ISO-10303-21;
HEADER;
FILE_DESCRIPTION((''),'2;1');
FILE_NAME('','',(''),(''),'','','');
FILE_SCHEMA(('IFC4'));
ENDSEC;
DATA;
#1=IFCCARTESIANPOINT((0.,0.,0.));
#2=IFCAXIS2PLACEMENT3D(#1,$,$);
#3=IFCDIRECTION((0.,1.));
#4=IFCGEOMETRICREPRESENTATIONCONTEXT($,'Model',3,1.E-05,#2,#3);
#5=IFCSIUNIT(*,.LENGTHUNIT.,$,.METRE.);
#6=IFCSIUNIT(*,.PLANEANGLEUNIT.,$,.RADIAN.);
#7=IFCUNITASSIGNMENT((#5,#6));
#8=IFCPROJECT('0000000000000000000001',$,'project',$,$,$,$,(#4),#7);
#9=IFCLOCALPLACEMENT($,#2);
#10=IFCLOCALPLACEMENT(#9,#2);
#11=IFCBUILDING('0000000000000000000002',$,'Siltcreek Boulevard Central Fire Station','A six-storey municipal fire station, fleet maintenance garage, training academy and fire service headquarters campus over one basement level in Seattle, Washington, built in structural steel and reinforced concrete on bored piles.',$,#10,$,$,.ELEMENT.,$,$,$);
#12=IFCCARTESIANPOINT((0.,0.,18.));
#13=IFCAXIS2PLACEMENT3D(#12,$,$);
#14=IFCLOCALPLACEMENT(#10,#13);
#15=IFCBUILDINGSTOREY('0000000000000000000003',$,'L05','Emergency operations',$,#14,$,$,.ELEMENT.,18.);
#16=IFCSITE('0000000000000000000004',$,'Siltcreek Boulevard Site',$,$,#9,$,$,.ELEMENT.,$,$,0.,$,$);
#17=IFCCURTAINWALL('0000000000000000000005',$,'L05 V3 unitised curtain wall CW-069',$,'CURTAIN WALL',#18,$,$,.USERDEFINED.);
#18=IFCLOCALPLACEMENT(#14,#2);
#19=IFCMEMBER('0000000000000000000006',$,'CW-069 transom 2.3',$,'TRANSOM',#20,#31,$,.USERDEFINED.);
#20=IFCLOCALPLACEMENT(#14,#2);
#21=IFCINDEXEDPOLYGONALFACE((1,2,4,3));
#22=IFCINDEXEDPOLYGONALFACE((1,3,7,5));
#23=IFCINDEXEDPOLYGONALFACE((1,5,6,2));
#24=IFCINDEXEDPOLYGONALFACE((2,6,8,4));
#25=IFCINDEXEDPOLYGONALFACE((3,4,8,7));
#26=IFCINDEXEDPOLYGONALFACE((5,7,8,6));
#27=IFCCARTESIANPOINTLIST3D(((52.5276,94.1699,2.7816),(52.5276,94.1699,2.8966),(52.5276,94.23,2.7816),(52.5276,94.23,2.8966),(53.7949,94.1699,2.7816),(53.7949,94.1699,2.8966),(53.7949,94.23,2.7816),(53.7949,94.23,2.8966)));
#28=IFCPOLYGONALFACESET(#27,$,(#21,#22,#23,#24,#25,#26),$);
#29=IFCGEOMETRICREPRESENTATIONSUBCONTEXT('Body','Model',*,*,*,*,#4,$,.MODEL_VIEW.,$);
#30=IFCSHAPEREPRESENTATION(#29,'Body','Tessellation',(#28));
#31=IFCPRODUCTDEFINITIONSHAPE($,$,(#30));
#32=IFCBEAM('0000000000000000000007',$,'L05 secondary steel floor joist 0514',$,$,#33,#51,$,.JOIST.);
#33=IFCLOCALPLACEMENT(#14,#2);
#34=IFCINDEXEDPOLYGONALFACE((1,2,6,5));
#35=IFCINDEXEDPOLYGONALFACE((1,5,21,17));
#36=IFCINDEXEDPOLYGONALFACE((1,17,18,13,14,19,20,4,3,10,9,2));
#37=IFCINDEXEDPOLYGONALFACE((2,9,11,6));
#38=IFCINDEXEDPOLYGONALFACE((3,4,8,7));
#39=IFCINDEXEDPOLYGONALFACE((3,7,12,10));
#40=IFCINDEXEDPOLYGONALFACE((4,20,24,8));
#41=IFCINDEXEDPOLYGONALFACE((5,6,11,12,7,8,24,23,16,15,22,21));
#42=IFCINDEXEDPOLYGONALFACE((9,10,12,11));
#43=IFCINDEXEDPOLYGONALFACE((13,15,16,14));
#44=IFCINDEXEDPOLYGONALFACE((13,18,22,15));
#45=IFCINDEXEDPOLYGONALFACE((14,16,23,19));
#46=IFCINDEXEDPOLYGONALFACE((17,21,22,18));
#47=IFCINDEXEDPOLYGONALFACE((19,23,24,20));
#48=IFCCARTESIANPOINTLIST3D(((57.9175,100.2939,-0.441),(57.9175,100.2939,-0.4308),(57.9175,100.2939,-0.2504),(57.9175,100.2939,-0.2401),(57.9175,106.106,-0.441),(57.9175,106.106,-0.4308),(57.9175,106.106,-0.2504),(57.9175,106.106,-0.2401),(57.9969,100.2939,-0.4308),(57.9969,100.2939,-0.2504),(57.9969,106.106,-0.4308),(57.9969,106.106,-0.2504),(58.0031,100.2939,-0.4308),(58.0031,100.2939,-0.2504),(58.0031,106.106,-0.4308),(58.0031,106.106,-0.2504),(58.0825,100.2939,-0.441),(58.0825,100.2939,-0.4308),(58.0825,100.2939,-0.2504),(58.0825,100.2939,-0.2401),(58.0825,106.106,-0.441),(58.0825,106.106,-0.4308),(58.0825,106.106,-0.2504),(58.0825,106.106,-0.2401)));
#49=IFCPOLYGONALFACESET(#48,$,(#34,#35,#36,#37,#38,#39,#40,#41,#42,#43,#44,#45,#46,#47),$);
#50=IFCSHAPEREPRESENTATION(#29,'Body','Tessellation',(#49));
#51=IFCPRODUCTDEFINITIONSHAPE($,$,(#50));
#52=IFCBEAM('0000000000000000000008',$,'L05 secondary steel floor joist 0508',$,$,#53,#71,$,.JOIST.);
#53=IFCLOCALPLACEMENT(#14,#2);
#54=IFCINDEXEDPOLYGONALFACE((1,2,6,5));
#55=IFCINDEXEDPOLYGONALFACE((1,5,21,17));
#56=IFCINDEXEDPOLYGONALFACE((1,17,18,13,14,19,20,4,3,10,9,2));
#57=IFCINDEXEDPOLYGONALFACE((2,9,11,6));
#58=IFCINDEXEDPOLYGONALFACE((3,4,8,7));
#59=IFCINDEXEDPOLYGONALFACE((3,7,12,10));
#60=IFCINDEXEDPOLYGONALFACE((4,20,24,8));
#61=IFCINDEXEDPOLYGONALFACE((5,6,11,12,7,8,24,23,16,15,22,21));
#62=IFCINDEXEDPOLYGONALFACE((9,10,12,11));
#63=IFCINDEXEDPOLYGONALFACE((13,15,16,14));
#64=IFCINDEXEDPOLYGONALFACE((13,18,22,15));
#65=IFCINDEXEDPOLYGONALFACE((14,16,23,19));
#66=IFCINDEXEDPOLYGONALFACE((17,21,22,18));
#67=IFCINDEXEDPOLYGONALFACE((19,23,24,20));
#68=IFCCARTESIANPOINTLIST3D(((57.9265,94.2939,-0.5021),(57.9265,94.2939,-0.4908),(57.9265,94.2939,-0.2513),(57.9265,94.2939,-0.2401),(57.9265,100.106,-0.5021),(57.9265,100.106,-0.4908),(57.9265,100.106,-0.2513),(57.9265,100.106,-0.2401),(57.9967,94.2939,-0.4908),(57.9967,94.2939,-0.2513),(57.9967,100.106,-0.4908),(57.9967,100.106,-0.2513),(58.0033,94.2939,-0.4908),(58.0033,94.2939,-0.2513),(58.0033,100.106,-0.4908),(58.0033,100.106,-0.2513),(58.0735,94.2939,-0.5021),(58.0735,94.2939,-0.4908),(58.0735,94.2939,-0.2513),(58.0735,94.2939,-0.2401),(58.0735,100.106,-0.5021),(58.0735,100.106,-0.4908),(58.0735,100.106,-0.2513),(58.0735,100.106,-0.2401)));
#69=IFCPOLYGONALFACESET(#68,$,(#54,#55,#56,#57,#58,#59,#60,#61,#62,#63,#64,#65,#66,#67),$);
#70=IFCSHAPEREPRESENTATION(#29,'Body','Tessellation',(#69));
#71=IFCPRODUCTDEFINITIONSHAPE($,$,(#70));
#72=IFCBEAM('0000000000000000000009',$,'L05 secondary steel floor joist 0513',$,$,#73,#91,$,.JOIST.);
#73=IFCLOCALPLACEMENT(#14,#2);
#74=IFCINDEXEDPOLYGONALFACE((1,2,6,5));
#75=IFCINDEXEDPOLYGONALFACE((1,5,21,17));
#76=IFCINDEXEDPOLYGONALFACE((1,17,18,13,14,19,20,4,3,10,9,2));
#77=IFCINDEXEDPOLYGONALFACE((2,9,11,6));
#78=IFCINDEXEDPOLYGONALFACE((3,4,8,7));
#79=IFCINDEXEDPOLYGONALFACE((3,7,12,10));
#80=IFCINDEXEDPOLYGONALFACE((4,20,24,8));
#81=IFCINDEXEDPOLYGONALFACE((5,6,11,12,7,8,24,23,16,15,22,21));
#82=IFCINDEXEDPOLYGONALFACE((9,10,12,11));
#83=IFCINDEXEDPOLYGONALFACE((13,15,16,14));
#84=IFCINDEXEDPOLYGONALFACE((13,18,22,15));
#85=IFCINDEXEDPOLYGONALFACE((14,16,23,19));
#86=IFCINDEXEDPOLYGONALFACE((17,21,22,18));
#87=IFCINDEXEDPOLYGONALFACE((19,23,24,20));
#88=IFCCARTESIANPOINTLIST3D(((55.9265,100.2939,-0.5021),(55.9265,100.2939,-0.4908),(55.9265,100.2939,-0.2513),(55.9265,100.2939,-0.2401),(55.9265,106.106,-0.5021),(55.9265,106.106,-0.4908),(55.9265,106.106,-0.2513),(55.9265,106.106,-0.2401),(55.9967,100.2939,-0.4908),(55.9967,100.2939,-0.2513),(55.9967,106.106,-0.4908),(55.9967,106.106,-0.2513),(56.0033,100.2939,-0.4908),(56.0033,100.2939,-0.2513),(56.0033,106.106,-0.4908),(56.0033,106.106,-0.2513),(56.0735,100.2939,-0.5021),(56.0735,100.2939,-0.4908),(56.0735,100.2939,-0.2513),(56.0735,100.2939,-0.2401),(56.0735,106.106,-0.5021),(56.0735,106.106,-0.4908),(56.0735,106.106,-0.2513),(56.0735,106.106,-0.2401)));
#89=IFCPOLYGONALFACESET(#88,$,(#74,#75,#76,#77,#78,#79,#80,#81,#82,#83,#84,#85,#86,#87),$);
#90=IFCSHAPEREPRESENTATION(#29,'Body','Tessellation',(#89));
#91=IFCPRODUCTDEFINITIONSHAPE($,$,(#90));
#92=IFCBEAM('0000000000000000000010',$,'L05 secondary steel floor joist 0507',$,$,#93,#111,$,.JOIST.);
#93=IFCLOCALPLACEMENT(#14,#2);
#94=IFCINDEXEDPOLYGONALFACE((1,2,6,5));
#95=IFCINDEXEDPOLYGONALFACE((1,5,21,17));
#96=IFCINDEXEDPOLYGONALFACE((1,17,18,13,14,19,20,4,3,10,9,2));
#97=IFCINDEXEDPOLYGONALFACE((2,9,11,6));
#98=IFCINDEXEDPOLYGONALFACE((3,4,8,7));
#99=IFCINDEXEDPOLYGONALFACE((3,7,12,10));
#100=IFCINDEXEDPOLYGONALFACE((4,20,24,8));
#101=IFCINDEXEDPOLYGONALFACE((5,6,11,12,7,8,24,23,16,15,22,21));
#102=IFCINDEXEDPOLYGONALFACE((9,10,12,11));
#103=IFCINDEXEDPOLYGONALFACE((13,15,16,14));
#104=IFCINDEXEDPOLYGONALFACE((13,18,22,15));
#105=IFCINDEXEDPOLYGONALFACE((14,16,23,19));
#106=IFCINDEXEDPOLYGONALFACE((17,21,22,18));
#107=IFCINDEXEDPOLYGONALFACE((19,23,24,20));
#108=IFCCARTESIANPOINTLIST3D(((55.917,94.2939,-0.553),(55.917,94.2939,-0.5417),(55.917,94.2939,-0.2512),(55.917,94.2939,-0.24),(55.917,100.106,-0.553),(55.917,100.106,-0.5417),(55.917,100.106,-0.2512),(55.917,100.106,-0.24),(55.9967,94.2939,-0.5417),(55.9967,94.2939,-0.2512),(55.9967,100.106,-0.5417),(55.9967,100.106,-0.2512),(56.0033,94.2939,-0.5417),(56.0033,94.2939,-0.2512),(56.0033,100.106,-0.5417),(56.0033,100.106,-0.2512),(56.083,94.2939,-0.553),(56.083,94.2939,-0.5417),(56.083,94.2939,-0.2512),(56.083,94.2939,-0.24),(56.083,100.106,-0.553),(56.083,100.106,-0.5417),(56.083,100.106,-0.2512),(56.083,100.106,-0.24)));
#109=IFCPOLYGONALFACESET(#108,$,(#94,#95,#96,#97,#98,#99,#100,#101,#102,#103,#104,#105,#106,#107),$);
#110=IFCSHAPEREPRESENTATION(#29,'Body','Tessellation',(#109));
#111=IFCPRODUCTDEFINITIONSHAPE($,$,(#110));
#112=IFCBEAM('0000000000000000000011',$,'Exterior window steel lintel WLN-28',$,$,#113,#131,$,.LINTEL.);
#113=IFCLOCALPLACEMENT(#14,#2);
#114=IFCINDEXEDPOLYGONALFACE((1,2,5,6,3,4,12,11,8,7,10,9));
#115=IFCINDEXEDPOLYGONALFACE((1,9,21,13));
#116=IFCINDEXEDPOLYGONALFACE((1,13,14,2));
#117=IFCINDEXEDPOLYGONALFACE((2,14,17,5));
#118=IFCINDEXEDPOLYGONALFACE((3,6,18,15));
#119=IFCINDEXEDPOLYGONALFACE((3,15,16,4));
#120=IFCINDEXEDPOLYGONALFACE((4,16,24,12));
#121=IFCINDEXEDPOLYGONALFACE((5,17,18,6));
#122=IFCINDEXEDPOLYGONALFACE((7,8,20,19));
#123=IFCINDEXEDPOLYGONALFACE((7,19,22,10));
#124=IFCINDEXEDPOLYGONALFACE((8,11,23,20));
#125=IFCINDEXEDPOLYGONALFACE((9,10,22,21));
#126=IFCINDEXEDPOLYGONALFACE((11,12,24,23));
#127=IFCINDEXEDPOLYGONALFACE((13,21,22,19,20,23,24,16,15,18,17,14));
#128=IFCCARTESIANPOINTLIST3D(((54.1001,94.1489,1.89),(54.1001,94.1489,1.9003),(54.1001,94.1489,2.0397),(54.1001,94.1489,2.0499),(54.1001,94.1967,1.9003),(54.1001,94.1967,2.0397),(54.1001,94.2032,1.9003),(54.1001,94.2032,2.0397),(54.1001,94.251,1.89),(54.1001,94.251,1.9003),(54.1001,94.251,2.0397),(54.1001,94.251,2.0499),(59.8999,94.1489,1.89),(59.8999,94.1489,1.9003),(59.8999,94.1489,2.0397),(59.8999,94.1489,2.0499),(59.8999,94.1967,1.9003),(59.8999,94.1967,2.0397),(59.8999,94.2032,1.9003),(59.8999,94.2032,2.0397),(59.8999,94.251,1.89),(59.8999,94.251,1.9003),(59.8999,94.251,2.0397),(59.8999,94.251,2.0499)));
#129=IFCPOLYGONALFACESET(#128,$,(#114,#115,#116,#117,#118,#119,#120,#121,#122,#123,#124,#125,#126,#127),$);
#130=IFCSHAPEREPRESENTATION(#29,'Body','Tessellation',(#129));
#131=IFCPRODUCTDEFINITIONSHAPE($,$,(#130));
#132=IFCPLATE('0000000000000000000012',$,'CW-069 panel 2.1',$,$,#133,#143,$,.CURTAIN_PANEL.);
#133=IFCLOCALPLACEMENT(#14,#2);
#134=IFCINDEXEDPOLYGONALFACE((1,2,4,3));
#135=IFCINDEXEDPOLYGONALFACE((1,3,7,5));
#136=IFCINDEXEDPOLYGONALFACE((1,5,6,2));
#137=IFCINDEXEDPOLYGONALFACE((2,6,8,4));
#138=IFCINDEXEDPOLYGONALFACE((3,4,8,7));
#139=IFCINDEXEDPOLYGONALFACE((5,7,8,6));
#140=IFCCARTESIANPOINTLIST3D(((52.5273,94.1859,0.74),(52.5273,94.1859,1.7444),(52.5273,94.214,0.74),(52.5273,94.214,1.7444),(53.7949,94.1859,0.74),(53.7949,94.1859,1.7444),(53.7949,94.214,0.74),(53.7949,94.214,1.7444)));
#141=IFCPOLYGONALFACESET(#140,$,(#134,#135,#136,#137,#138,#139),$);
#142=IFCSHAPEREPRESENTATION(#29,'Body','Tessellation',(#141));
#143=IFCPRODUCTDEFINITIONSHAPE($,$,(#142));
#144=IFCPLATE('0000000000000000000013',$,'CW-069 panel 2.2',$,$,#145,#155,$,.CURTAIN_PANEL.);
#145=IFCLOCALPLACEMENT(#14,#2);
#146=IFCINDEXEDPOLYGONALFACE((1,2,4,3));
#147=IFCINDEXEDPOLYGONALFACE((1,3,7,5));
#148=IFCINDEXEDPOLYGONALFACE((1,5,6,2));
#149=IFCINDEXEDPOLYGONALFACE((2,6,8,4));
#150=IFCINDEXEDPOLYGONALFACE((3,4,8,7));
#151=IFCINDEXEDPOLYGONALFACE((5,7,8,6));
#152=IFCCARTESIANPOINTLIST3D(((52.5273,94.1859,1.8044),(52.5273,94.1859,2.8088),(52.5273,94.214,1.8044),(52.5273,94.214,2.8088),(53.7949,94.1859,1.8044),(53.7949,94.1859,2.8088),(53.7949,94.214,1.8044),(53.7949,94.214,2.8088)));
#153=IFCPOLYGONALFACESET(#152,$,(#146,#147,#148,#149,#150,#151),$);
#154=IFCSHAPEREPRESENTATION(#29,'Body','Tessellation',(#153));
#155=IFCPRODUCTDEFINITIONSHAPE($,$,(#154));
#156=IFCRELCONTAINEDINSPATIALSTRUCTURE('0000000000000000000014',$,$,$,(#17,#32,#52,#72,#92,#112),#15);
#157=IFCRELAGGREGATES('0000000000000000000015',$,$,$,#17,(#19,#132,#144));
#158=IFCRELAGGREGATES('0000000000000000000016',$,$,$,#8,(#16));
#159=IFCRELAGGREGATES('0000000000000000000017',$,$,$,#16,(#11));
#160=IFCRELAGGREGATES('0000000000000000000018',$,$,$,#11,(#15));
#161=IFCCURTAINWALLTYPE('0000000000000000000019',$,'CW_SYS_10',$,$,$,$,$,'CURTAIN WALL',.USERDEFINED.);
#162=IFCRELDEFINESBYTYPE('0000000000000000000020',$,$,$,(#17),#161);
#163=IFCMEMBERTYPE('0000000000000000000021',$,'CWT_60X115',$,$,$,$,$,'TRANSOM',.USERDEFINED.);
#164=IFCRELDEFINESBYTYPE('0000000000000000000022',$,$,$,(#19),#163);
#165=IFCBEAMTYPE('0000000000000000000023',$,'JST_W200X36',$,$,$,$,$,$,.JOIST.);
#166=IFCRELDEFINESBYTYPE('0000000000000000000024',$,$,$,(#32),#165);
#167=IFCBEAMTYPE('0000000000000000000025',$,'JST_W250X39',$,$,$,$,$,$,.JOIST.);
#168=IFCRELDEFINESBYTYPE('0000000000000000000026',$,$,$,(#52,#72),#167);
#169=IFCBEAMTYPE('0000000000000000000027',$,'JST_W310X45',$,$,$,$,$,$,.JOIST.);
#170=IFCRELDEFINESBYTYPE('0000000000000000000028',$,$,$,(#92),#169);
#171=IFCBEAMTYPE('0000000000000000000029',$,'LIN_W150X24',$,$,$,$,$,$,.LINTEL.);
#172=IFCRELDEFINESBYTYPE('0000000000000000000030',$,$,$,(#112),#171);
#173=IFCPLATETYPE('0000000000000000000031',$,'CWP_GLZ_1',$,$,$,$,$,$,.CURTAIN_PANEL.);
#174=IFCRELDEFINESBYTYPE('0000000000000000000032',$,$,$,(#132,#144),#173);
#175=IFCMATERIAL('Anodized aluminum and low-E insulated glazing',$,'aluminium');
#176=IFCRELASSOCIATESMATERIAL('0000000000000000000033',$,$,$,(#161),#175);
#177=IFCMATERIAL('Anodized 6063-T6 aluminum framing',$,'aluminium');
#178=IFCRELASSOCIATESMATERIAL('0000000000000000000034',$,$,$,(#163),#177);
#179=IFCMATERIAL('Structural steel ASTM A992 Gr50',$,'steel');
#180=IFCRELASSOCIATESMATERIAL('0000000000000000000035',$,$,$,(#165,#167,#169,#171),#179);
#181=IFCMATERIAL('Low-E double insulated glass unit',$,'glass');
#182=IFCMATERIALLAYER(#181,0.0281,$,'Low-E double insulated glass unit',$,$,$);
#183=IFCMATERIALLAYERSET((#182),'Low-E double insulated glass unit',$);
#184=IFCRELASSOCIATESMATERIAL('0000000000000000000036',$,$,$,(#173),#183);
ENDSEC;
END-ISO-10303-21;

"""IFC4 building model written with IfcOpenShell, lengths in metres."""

from ifc_helpers import new_model, si_unit, direction, frame, origin, origin_2d, place, context, subcontext, project, spatial, rectangle, i_section, extrude, material, layer, layer_set, material_profile, profile_set, type_object, element, aggregate, save


model = new_model("IFC4")

# Units and contexts
model_context = context("Model", 3, precision=1e-05, world=origin(), true_north=direction((0.0, 1.0)))
body_context = subcontext(model_context, "Body", "Model", "MODEL_VIEW")
ifc_project = project(units=[si_unit("LENGTHUNIT", "METRE"), si_unit("PLANEANGLEUNIT", "RADIAN")], contexts=[model_context])

# Site, building, storey
site_placement = place(None, origin())
site = spatial("IfcSite", under=ifc_project, at=site_placement, Name="Siltcreek Boulevard Site", CompositionType="ELEMENT", RefElevation=0.0)
building_placement = place(site_placement, origin())
building = spatial("IfcBuilding", under=site, at=building_placement, Name="Siltcreek Boulevard Central Fire Station", Description="A six-storey municipal fire station, fleet maintenance garage, training academy and fire service headquarters campus over one basement level in Seattle, Washington, built in structural steel and reinforced concrete on bored piles.", CompositionType="ELEMENT")
storey_placement = place(building_placement, frame((0.0, 0.0, 18.0)))
storey = spatial("IfcBuildingStorey", under=building, at=storey_placement, Name="L05", Description="Emergency operations", CompositionType="ELEMENT", Elevation=18.0)

# Shared definitions
ifc_material_1 = material(Name="Structural steel ASTM A992 Gr50", Category="steel")

# Curtain wall, member
ifc_material_2 = material(Name="Anodized aluminum and low-E insulated glazing", Category="aluminium")
curtain_wall_type = type_object("IfcCurtainWallType", Name="CW_SYS_10", ElementType="CURTAIN WALL", PredefinedType="USERDEFINED", material=ifc_material_2)
curtain_wall_placement = place(storey_placement, origin())
curtain_wall = element("IfcCurtainWall", 1, at=curtain_wall_placement, inside=storey, type_object=curtain_wall_type, Name="L05 V3 unitised curtain wall CW-069", ObjectType="CURTAIN WALL", PredefinedType="USERDEFINED")
ifc_material_3 = material(Name="Anodized 6063-T6 aluminum framing", Category="aluminium")
ifc_material_profile_1 = material_profile(ifc_material_3, rectangle(XDim=0.0601, YDim=0.115, at=origin_2d()), Name="TRAN60X115")
ifc_profile_set_1 = profile_set([ifc_material_profile_1], Name="Anodized 6063-T6 aluminum framing")
member_type_1 = type_object("IfcMemberType", Name="CWT_60X115", ElementType="TRANSOM", PredefinedType="USERDEFINED", material=ifc_profile_set_1)
member_1_placement = place(storey_placement, frame((52.5276, 94.2, 2.8391), z_axis=(1.0, 0.0, 0.0), x_axis=(0.0, 1.0, 0.0)))
member_1 = element("IfcMember", 2, at=member_1_placement, type_object=member_type_1, Name="CW-069 transom 2.3", ObjectType="TRANSOM", PredefinedType="USERDEFINED", context=body_context, shape_type="SweptSolid", body=[
    extrude(rectangle(XDim=0.0601, YDim=0.115, at=origin_2d()), origin(), (0.0, 0.0, 1.0), 1.2673),
])

# Beams
ifc_material_profile_2 = material_profile(ifc_material_1, i_section(OverallWidth=0.165, OverallDepth=0.2009, WebThickness=0.0061, FlangeThickness=0.0103, at=origin_2d()), Name="W200X36")
ifc_profile_set_2 = profile_set([ifc_material_profile_2], Name="Structural steel ASTM A992 Gr50")
beam_type_1 = type_object("IfcBeamType", Name="JST_W200X36", PredefinedType="JOIST", material=ifc_profile_set_2)
beam_1_placement = place(storey_placement, frame((58.0, 100.2939, -0.3406), z_axis=(0.0, 1.0, 0.0), x_axis=(-1.0, 0.0, 0.0)))
element("IfcBeam", 3, at=beam_1_placement, inside=storey, type_object=beam_type_1, Name="L05 secondary steel floor joist 0514", PredefinedType="JOIST", context=body_context, shape_type="SweptSolid", body=[
    extrude(i_section(OverallWidth=0.165, OverallDepth=0.2009, WebThickness=0.0061, FlangeThickness=0.0103, at=origin_2d()), origin(), (0.0, 0.0, 1.0), 5.812),
])
ifc_material_profile_3 = material_profile(ifc_material_1, i_section(OverallWidth=0.147, OverallDepth=0.262, WebThickness=0.0066, FlangeThickness=0.0112, at=origin_2d()), Name="W250X39")
ifc_profile_set_3 = profile_set([ifc_material_profile_3], Name="Structural steel ASTM A992 Gr50")
beam_type_2 = type_object("IfcBeamType", Name="JST_W250X39", PredefinedType="JOIST", material=ifc_profile_set_3)
for number, where, z_axis, x_axis, name in (
    (4, (58.0, 94.2939, -0.3711), (0.0, 1.0, 0.0), (-1.0, 0.0, 0.0), "L05 secondary steel floor joist 0508"),
    (5, (56.0, 100.2939, -0.3711), (0.0, 1.0, 0.0), (-1.0, 0.0, 0.0), "L05 secondary steel floor joist 0513"),
):
    element("IfcBeam", number, at=place(storey_placement, frame(where, z_axis=z_axis, x_axis=x_axis)), inside=storey, type_object=beam_type_2, Name=name, PredefinedType="JOIST", context=body_context, shape_type="SweptSolid", body=[
        extrude(i_section(OverallWidth=0.147, OverallDepth=0.262, WebThickness=0.0066, FlangeThickness=0.0112, at=origin_2d()), origin(), (0.0, 0.0, 1.0), 5.812),
    ])
ifc_material_profile_4 = material_profile(ifc_material_1, i_section(OverallWidth=0.166, OverallDepth=0.313, WebThickness=0.0066, FlangeThickness=0.0112, at=origin_2d()), Name="W310X45")
ifc_profile_set_4 = profile_set([ifc_material_profile_4], Name="Structural steel ASTM A992 Gr50")
beam_type_3 = type_object("IfcBeamType", Name="JST_W310X45", PredefinedType="JOIST", material=ifc_profile_set_4)
beam_2_placement = place(storey_placement, frame((56.0, 94.2939, -0.3965), z_axis=(0.0, 1.0, 0.0), x_axis=(-1.0, 0.0, 0.0)))
element("IfcBeam", 6, at=beam_2_placement, inside=storey, type_object=beam_type_3, Name="L05 secondary steel floor joist 0507", PredefinedType="JOIST", context=body_context, shape_type="SweptSolid", body=[
    extrude(i_section(OverallWidth=0.166, OverallDepth=0.313, WebThickness=0.0066, FlangeThickness=0.0112, at=origin_2d()), origin(), (0.0, 0.0, 1.0), 5.812),
])
ifc_material_profile_5 = material_profile(ifc_material_1, i_section(OverallWidth=0.1021, OverallDepth=0.1599, WebThickness=0.0066, FlangeThickness=0.0103, at=origin_2d()), Name="W150X24")
ifc_profile_set_5 = profile_set([ifc_material_profile_5], Name="Structural steel ASTM A992 Gr50")
beam_type_4 = type_object("IfcBeamType", Name="LIN_W150X24", PredefinedType="LINTEL", material=ifc_profile_set_5)
beam_3_placement = place(storey_placement, frame((54.1001, 94.2, 1.97), z_axis=(1.0, 0.0, 0.0), x_axis=(0.0, 1.0, 0.0)))
element("IfcBeam", 7, at=beam_3_placement, inside=storey, type_object=beam_type_4, Name="Exterior window steel lintel WLN-28", PredefinedType="LINTEL", context=body_context, shape_type="SweptSolid", body=[
    extrude(i_section(OverallWidth=0.1021, OverallDepth=0.1599, WebThickness=0.0066, FlangeThickness=0.0103, at=origin_2d()), origin(), (0.0, 0.0, 1.0), 5.7998),
])

# Plates
ifc_material_4 = material(Name="Low-E double insulated glass unit", Category="glass")
ifc_layer_1 = layer(ifc_material_4, 0.0281, Name="Low-E double insulated glass unit")
ifc_layer_set_1 = layer_set([ifc_layer_1], Name="Low-E double insulated glass unit")
plate_type = type_object("IfcPlateType", Name="CWP_GLZ_1", PredefinedType="CURTAIN_PANEL", material=ifc_layer_set_1)
plate_1_placement = place(storey_placement, frame((53.1611, 94.2, 0.74), z_axis=(0.0, 0.0, 1.0), x_axis=(1.0, 0.0, 0.0)))
plate_1 = element("IfcPlate", 8, at=plate_1_placement, type_object=plate_type, Name="CW-069 panel 2.1", PredefinedType="CURTAIN_PANEL", context=body_context, shape_type="SweptSolid", body=[
    extrude(rectangle(XDim=1.2676, YDim=0.0281, at=origin_2d()), origin(), (0.0, 0.0, 1.0), 1.0044),
])
plate_2_placement = place(storey_placement, frame((53.1611, 94.2, 1.8044), z_axis=(0.0, 0.0, 1.0), x_axis=(1.0, 0.0, 0.0)))
plate_2 = element("IfcPlate", 9, at=plate_2_placement, type_object=plate_type, Name="CW-069 panel 2.2", PredefinedType="CURTAIN_PANEL", context=body_context, shape_type="SweptSolid", body=[
    extrude(rectangle(XDim=1.2676, YDim=0.0281, at=origin_2d()), origin(), (0.0, 0.0, 1.0), 1.0044),
])
aggregate(curtain_wall, [member_1, plate_1, plate_2])

save(model, "model.ifc")
